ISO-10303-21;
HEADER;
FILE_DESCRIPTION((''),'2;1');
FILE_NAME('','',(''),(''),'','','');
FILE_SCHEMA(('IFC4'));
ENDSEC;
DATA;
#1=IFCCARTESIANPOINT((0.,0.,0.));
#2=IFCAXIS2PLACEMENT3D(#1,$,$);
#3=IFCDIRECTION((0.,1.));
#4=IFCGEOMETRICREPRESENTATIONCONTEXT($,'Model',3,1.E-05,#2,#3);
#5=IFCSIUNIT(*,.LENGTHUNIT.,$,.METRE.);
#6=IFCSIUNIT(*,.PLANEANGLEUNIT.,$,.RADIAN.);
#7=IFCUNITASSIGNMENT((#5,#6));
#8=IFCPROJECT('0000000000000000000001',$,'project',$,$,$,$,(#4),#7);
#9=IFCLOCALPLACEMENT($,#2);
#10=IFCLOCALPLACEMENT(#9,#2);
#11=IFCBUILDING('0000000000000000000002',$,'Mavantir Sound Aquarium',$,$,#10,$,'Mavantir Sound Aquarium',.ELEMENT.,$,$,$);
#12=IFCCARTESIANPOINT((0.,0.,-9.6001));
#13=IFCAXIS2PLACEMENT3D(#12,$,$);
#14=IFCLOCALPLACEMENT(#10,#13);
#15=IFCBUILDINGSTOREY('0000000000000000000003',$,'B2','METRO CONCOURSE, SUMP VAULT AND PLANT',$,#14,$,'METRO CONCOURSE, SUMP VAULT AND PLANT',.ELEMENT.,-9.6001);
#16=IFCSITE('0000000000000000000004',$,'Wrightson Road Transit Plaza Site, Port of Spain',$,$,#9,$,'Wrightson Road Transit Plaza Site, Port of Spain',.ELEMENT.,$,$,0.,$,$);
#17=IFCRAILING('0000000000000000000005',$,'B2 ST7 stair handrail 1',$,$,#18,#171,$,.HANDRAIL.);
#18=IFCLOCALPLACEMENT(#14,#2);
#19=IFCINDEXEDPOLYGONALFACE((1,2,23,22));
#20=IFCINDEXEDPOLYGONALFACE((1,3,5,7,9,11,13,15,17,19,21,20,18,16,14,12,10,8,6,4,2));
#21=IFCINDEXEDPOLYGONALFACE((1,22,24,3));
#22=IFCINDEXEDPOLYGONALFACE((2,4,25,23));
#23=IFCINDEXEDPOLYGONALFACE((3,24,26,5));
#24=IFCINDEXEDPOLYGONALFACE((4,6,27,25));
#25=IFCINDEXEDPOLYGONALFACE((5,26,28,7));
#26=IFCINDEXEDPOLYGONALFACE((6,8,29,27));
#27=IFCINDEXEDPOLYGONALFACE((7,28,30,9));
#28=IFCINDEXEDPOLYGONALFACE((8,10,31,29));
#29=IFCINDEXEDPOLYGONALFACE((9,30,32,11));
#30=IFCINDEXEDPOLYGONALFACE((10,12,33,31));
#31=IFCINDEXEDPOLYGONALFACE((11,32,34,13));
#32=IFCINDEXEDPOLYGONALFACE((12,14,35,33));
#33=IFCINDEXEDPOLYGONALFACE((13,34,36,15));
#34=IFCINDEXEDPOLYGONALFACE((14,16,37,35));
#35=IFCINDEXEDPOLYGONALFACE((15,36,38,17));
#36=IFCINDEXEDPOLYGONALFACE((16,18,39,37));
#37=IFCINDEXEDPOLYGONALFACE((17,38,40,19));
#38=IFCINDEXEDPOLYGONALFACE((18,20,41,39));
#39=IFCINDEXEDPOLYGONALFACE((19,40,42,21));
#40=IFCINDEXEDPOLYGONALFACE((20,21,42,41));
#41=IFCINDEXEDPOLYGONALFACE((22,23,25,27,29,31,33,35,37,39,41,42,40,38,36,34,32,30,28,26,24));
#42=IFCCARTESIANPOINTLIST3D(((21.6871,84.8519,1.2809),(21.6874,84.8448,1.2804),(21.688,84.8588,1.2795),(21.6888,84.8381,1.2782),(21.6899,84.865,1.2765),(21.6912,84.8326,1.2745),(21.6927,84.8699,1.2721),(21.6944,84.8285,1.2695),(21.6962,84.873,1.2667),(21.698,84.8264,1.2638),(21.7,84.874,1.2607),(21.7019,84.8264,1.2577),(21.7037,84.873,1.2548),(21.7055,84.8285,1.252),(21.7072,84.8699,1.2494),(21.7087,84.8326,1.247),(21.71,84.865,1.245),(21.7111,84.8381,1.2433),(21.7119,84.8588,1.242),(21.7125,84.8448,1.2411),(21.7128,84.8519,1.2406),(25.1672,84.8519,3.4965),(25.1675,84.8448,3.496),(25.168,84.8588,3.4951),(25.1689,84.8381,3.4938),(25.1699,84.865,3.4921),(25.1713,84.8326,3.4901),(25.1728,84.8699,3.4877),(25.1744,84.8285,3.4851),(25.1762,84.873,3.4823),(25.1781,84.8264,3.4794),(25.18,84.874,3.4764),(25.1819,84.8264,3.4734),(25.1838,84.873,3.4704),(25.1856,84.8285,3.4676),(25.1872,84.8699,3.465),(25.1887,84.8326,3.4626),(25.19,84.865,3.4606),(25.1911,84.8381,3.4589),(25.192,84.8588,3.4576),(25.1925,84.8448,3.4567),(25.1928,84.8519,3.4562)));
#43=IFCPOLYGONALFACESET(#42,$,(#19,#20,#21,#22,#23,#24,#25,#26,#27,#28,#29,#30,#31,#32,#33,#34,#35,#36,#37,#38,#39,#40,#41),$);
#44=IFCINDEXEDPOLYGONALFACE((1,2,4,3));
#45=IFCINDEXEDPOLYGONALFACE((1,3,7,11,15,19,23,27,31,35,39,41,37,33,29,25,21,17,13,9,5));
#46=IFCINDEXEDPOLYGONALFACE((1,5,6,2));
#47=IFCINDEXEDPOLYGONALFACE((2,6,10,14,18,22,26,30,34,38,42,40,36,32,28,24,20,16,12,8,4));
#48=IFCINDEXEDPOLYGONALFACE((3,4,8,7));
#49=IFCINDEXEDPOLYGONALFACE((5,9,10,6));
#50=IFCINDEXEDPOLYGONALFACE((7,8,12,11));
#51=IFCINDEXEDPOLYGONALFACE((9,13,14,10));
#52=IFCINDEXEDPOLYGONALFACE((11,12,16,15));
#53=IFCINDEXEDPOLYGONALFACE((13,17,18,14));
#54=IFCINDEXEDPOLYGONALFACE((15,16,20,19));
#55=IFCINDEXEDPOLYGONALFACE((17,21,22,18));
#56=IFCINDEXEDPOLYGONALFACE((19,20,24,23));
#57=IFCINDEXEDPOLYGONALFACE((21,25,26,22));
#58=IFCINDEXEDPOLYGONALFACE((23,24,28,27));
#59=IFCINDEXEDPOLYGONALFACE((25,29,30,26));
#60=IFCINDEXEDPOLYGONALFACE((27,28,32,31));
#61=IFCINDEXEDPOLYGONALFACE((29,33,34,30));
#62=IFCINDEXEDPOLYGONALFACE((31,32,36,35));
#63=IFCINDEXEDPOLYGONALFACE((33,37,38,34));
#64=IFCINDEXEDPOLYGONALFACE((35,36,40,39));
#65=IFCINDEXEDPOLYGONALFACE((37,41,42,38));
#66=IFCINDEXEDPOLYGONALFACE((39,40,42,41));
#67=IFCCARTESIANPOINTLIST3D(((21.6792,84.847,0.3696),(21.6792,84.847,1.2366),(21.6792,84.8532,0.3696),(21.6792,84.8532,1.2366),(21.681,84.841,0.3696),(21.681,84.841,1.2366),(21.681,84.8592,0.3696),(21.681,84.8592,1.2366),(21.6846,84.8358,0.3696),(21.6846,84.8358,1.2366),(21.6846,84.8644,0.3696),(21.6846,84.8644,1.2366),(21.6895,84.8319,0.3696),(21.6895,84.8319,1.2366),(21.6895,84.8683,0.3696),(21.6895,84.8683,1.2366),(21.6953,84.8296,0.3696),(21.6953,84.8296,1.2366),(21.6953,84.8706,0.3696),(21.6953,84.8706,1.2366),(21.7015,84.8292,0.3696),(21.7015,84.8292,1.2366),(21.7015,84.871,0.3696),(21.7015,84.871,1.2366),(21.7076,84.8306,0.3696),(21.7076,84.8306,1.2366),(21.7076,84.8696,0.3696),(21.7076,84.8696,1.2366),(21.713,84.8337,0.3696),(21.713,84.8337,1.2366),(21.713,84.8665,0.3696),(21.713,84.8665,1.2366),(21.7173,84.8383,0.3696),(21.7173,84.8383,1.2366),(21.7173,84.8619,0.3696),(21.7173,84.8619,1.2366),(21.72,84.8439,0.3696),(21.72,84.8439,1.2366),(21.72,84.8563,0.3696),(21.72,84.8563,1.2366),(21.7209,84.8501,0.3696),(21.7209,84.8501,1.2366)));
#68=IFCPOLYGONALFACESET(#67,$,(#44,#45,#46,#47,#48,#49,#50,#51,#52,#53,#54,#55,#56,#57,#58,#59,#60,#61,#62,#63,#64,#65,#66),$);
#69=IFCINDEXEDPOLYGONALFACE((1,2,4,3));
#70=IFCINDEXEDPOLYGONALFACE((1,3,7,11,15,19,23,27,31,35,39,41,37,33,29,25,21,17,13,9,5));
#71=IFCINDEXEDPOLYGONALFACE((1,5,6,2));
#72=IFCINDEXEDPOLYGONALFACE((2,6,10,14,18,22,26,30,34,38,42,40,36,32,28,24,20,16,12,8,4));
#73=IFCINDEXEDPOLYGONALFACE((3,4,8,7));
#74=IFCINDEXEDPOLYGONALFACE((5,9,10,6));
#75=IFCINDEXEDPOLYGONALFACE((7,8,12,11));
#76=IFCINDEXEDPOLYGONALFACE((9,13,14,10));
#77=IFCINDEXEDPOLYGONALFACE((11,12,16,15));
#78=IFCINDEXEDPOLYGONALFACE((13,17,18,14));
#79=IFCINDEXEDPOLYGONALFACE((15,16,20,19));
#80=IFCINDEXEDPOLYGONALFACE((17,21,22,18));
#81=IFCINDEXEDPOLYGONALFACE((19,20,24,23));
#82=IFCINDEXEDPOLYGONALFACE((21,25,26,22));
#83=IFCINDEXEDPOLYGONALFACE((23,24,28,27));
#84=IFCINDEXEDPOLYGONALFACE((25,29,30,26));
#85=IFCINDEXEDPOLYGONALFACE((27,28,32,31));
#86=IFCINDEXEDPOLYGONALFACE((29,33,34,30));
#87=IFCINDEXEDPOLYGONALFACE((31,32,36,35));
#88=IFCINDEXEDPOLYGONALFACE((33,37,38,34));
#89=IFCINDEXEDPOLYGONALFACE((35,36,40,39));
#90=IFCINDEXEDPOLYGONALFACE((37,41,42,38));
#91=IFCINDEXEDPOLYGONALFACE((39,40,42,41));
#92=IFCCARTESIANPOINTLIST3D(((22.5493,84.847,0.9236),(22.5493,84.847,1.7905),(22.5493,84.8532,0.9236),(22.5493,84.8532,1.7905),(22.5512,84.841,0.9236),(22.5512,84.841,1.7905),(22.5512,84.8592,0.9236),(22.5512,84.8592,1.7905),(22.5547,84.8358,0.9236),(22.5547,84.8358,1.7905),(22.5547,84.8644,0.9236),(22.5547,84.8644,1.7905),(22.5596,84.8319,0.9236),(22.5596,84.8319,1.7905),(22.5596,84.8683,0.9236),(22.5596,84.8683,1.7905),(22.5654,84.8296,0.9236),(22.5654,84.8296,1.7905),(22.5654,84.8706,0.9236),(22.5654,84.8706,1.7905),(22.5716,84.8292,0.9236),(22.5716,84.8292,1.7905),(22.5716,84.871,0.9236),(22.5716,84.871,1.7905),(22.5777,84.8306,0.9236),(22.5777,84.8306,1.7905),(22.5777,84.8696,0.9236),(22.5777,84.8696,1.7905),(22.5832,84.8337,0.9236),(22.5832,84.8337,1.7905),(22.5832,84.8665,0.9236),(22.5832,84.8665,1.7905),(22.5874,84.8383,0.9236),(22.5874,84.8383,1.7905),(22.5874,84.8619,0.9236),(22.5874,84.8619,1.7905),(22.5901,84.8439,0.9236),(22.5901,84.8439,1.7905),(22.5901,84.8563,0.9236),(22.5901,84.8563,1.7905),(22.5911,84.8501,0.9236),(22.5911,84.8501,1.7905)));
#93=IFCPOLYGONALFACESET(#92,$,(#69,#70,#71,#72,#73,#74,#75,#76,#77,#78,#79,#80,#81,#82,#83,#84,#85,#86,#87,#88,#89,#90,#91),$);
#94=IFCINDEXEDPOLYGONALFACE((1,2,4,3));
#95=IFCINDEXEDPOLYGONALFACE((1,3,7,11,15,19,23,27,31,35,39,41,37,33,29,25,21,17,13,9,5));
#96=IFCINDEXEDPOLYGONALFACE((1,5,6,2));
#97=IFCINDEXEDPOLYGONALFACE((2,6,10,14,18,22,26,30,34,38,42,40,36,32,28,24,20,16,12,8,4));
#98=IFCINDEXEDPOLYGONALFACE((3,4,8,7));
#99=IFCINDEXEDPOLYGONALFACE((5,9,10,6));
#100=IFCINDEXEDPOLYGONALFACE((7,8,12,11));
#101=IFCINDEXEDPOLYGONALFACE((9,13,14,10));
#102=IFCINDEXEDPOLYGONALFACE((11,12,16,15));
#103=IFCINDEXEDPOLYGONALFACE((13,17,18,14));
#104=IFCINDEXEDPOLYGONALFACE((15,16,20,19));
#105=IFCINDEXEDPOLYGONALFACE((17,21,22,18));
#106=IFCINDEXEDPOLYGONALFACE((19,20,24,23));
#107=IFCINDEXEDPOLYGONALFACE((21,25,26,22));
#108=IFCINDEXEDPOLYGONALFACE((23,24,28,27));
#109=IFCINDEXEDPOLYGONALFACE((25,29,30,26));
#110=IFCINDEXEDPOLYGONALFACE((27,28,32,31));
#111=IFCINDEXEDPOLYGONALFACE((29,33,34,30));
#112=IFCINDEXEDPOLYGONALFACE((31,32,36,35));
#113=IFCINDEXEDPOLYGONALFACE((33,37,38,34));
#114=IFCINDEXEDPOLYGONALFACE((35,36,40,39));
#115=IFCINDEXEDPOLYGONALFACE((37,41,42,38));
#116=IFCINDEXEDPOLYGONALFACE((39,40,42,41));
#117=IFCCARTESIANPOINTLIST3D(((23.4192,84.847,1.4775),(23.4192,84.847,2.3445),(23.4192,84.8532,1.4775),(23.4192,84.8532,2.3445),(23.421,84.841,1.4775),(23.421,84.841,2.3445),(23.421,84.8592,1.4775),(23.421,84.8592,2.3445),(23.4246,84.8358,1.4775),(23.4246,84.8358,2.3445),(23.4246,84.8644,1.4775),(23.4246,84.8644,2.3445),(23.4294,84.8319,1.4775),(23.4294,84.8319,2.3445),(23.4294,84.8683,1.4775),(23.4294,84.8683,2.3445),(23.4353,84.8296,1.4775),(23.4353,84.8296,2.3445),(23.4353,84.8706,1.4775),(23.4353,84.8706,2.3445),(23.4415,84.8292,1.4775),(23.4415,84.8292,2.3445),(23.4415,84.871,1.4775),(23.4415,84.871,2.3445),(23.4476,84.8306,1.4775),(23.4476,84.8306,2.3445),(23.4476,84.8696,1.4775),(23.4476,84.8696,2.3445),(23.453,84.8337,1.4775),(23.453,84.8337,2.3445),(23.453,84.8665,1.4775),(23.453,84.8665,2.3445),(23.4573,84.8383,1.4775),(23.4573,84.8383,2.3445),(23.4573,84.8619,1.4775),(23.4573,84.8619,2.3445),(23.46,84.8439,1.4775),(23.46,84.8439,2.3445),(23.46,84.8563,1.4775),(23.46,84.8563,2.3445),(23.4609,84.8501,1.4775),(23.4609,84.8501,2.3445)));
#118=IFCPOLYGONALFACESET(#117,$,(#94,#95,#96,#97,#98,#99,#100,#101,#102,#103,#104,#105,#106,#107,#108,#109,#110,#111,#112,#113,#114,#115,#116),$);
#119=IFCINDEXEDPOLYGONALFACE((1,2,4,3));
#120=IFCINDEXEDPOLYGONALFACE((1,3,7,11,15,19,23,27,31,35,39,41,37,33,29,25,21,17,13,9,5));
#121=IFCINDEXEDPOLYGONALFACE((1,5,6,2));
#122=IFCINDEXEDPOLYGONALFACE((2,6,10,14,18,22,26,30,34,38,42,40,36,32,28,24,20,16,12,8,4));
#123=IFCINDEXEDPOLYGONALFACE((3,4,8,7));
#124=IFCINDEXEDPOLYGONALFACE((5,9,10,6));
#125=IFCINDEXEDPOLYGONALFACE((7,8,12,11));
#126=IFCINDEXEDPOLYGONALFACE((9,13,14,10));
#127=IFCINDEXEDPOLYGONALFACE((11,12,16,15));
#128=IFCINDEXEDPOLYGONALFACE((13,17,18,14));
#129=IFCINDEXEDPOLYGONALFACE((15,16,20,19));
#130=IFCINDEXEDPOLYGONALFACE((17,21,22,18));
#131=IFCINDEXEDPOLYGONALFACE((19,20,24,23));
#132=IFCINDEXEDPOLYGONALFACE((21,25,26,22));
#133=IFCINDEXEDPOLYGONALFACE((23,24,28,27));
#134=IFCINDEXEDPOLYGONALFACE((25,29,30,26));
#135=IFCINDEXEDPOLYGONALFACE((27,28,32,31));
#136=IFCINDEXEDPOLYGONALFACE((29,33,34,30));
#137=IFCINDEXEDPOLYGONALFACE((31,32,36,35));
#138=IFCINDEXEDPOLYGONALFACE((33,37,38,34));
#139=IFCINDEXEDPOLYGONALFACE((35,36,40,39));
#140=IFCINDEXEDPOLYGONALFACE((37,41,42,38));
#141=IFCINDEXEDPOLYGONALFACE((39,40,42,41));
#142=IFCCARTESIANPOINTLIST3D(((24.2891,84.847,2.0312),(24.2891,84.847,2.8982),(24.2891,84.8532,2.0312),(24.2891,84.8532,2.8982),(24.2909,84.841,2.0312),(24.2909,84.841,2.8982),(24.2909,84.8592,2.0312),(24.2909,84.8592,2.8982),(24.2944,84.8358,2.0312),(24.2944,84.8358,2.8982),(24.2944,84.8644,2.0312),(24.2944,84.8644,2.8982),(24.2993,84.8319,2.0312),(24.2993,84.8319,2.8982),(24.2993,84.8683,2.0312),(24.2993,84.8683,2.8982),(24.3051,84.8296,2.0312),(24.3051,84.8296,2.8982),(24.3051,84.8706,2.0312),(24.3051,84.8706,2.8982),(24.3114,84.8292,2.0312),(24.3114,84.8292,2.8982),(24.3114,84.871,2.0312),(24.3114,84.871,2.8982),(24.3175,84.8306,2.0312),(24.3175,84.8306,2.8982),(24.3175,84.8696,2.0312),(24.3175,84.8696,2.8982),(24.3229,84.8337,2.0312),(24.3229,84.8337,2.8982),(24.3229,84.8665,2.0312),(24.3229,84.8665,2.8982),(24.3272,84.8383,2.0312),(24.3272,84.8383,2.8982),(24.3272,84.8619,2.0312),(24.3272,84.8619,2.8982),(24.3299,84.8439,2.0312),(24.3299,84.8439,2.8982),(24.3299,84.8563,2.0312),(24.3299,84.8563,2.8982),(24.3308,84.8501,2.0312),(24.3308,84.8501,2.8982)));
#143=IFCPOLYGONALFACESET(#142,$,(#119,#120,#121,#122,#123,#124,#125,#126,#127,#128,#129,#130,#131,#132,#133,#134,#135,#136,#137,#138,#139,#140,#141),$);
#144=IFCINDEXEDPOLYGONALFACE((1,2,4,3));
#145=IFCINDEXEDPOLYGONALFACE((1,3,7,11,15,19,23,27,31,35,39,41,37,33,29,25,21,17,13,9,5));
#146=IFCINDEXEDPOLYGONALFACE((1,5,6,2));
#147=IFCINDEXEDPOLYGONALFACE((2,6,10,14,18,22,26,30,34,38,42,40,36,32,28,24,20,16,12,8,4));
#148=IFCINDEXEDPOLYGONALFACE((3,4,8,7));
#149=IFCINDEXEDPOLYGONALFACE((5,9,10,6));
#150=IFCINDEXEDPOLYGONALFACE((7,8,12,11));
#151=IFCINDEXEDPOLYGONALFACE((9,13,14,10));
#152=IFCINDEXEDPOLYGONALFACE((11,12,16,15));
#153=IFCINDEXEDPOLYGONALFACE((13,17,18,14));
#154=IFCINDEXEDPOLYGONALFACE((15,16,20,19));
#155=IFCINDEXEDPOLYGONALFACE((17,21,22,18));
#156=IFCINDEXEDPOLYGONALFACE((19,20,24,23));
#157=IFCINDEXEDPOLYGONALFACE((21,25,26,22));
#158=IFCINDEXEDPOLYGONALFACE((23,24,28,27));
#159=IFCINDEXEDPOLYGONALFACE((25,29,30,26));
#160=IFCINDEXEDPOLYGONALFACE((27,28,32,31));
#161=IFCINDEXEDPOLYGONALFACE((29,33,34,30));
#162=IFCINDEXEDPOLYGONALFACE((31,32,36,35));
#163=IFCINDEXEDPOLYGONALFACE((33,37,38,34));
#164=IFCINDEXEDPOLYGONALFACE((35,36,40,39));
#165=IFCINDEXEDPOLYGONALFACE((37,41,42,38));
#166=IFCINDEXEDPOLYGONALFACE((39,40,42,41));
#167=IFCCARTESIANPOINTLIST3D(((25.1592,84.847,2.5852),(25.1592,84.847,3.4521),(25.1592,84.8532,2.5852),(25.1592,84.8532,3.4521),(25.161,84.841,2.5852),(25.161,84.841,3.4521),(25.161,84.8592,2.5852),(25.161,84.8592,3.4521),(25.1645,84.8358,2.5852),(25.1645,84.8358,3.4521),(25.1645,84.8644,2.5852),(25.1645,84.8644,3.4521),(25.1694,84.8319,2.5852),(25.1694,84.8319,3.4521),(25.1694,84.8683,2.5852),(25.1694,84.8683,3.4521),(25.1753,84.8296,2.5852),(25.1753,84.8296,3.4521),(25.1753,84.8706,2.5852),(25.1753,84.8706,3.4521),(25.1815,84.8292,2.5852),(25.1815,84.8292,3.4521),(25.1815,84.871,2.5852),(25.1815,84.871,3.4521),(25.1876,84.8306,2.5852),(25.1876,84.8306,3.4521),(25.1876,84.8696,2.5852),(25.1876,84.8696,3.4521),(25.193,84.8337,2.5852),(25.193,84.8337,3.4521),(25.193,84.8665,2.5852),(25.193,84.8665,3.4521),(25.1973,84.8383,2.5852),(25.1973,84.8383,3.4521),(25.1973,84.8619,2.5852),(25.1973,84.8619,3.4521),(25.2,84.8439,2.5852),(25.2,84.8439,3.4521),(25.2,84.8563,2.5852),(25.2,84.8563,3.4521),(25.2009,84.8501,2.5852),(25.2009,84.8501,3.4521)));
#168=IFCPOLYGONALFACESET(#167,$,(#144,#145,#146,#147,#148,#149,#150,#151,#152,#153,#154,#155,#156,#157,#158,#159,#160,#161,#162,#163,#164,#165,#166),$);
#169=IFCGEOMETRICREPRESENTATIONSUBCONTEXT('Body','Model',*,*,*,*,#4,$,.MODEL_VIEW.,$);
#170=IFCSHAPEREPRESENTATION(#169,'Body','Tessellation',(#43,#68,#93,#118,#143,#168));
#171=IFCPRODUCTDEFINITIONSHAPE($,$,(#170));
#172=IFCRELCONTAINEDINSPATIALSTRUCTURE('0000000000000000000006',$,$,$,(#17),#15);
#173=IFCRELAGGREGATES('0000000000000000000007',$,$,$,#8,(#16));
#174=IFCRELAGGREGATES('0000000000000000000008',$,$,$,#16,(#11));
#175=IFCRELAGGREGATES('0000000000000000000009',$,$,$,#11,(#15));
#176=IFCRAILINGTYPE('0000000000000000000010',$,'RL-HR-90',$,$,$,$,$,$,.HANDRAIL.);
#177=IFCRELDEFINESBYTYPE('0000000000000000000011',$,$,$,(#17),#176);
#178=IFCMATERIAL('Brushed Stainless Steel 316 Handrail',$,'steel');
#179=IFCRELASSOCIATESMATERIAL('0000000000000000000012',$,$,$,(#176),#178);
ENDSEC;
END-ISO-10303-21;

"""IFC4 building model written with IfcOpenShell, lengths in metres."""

from ifc_helpers import new_model, si_unit, direction, frame, origin, origin_2d, place, context, subcontext, project, spatial, circle, extrude, material, type_object, element, save


model = new_model("IFC4")

# Units and contexts
model_context = context("Model", 3, precision=1e-05, world=origin(), true_north=direction((0.0, 1.0)))
body_context = subcontext(model_context, "Body", "Model", "MODEL_VIEW")
ifc_project = project(units=[si_unit("LENGTHUNIT", "METRE"), si_unit("PLANEANGLEUNIT", "RADIAN")], contexts=[model_context])

# Site, building, storey
site_placement = place(None, origin())
site = spatial("IfcSite", under=ifc_project, at=site_placement, Name="Wrightson Road Transit Plaza Site, Port of Spain", LongName="Wrightson Road Transit Plaza Site, Port of Spain", CompositionType="ELEMENT", RefElevation=0.0)
building_placement = place(site_placement, origin())
building = spatial("IfcBuilding", under=site, at=building_placement, Name="Mavantir Sound Aquarium", LongName="Mavantir Sound Aquarium", CompositionType="ELEMENT")
storey_placement = place(building_placement, frame((0.0, 0.0, -9.6001)))
storey = spatial("IfcBuildingStorey", under=building, at=storey_placement, Name="B2", Description="METRO CONCOURSE, SUMP VAULT AND PLANT", LongName="METRO CONCOURSE, SUMP VAULT AND PLANT", CompositionType="ELEMENT", Elevation=-9.6001)

# Railing
ifc_material_1 = material(Name="Brushed Stainless Steel 316 Handrail", Category="steel")
railing_type_1 = type_object("IfcRailingType", Name="RL-HR-90", PredefinedType="HANDRAIL", material=ifc_material_1)
railing_1_placement = place(storey_placement, frame((21.7, 84.8501, 0.3696)))
element("IfcRailing", 1, at=railing_1_placement, inside=storey, type_object=railing_type_1, Name="B2 ST7 stair handrail 1", PredefinedType="HANDRAIL", context=body_context, shape_type="SweptSolid", body=[
    extrude(circle(Radius=0.0239, at=origin_2d()), frame((0.0, 0.0, 0.8911), z_axis=(0.843547, 0.0, 0.537055), x_axis=(0.0, 1.0, 0.0)), (0.0, 0.0, 1.0), 4.1255),
    extrude(circle(Radius=0.021, at=origin_2d()), origin(), (0.0, 0.0, 1.0), 0.8669),
    extrude(circle(Radius=0.021, at=origin_2d()), frame((0.8701, 0.0, 0.554)), (0.0, 0.0, 1.0), 0.8669),
    extrude(circle(Radius=0.021, at=origin_2d()), frame((1.74, 0.0, 1.1079)), (0.0, 0.0, 1.0), 0.8669),
    extrude(circle(Radius=0.021, at=origin_2d()), frame((2.6099, 0.0, 1.6616)), (0.0, 0.0, 1.0), 0.8669),
    extrude(circle(Radius=0.021, at=origin_2d()), frame((3.48, 0.0, 2.2156)), (0.0, 0.0, 1.0), 0.8669),
])

save(model, "model.ifc")
